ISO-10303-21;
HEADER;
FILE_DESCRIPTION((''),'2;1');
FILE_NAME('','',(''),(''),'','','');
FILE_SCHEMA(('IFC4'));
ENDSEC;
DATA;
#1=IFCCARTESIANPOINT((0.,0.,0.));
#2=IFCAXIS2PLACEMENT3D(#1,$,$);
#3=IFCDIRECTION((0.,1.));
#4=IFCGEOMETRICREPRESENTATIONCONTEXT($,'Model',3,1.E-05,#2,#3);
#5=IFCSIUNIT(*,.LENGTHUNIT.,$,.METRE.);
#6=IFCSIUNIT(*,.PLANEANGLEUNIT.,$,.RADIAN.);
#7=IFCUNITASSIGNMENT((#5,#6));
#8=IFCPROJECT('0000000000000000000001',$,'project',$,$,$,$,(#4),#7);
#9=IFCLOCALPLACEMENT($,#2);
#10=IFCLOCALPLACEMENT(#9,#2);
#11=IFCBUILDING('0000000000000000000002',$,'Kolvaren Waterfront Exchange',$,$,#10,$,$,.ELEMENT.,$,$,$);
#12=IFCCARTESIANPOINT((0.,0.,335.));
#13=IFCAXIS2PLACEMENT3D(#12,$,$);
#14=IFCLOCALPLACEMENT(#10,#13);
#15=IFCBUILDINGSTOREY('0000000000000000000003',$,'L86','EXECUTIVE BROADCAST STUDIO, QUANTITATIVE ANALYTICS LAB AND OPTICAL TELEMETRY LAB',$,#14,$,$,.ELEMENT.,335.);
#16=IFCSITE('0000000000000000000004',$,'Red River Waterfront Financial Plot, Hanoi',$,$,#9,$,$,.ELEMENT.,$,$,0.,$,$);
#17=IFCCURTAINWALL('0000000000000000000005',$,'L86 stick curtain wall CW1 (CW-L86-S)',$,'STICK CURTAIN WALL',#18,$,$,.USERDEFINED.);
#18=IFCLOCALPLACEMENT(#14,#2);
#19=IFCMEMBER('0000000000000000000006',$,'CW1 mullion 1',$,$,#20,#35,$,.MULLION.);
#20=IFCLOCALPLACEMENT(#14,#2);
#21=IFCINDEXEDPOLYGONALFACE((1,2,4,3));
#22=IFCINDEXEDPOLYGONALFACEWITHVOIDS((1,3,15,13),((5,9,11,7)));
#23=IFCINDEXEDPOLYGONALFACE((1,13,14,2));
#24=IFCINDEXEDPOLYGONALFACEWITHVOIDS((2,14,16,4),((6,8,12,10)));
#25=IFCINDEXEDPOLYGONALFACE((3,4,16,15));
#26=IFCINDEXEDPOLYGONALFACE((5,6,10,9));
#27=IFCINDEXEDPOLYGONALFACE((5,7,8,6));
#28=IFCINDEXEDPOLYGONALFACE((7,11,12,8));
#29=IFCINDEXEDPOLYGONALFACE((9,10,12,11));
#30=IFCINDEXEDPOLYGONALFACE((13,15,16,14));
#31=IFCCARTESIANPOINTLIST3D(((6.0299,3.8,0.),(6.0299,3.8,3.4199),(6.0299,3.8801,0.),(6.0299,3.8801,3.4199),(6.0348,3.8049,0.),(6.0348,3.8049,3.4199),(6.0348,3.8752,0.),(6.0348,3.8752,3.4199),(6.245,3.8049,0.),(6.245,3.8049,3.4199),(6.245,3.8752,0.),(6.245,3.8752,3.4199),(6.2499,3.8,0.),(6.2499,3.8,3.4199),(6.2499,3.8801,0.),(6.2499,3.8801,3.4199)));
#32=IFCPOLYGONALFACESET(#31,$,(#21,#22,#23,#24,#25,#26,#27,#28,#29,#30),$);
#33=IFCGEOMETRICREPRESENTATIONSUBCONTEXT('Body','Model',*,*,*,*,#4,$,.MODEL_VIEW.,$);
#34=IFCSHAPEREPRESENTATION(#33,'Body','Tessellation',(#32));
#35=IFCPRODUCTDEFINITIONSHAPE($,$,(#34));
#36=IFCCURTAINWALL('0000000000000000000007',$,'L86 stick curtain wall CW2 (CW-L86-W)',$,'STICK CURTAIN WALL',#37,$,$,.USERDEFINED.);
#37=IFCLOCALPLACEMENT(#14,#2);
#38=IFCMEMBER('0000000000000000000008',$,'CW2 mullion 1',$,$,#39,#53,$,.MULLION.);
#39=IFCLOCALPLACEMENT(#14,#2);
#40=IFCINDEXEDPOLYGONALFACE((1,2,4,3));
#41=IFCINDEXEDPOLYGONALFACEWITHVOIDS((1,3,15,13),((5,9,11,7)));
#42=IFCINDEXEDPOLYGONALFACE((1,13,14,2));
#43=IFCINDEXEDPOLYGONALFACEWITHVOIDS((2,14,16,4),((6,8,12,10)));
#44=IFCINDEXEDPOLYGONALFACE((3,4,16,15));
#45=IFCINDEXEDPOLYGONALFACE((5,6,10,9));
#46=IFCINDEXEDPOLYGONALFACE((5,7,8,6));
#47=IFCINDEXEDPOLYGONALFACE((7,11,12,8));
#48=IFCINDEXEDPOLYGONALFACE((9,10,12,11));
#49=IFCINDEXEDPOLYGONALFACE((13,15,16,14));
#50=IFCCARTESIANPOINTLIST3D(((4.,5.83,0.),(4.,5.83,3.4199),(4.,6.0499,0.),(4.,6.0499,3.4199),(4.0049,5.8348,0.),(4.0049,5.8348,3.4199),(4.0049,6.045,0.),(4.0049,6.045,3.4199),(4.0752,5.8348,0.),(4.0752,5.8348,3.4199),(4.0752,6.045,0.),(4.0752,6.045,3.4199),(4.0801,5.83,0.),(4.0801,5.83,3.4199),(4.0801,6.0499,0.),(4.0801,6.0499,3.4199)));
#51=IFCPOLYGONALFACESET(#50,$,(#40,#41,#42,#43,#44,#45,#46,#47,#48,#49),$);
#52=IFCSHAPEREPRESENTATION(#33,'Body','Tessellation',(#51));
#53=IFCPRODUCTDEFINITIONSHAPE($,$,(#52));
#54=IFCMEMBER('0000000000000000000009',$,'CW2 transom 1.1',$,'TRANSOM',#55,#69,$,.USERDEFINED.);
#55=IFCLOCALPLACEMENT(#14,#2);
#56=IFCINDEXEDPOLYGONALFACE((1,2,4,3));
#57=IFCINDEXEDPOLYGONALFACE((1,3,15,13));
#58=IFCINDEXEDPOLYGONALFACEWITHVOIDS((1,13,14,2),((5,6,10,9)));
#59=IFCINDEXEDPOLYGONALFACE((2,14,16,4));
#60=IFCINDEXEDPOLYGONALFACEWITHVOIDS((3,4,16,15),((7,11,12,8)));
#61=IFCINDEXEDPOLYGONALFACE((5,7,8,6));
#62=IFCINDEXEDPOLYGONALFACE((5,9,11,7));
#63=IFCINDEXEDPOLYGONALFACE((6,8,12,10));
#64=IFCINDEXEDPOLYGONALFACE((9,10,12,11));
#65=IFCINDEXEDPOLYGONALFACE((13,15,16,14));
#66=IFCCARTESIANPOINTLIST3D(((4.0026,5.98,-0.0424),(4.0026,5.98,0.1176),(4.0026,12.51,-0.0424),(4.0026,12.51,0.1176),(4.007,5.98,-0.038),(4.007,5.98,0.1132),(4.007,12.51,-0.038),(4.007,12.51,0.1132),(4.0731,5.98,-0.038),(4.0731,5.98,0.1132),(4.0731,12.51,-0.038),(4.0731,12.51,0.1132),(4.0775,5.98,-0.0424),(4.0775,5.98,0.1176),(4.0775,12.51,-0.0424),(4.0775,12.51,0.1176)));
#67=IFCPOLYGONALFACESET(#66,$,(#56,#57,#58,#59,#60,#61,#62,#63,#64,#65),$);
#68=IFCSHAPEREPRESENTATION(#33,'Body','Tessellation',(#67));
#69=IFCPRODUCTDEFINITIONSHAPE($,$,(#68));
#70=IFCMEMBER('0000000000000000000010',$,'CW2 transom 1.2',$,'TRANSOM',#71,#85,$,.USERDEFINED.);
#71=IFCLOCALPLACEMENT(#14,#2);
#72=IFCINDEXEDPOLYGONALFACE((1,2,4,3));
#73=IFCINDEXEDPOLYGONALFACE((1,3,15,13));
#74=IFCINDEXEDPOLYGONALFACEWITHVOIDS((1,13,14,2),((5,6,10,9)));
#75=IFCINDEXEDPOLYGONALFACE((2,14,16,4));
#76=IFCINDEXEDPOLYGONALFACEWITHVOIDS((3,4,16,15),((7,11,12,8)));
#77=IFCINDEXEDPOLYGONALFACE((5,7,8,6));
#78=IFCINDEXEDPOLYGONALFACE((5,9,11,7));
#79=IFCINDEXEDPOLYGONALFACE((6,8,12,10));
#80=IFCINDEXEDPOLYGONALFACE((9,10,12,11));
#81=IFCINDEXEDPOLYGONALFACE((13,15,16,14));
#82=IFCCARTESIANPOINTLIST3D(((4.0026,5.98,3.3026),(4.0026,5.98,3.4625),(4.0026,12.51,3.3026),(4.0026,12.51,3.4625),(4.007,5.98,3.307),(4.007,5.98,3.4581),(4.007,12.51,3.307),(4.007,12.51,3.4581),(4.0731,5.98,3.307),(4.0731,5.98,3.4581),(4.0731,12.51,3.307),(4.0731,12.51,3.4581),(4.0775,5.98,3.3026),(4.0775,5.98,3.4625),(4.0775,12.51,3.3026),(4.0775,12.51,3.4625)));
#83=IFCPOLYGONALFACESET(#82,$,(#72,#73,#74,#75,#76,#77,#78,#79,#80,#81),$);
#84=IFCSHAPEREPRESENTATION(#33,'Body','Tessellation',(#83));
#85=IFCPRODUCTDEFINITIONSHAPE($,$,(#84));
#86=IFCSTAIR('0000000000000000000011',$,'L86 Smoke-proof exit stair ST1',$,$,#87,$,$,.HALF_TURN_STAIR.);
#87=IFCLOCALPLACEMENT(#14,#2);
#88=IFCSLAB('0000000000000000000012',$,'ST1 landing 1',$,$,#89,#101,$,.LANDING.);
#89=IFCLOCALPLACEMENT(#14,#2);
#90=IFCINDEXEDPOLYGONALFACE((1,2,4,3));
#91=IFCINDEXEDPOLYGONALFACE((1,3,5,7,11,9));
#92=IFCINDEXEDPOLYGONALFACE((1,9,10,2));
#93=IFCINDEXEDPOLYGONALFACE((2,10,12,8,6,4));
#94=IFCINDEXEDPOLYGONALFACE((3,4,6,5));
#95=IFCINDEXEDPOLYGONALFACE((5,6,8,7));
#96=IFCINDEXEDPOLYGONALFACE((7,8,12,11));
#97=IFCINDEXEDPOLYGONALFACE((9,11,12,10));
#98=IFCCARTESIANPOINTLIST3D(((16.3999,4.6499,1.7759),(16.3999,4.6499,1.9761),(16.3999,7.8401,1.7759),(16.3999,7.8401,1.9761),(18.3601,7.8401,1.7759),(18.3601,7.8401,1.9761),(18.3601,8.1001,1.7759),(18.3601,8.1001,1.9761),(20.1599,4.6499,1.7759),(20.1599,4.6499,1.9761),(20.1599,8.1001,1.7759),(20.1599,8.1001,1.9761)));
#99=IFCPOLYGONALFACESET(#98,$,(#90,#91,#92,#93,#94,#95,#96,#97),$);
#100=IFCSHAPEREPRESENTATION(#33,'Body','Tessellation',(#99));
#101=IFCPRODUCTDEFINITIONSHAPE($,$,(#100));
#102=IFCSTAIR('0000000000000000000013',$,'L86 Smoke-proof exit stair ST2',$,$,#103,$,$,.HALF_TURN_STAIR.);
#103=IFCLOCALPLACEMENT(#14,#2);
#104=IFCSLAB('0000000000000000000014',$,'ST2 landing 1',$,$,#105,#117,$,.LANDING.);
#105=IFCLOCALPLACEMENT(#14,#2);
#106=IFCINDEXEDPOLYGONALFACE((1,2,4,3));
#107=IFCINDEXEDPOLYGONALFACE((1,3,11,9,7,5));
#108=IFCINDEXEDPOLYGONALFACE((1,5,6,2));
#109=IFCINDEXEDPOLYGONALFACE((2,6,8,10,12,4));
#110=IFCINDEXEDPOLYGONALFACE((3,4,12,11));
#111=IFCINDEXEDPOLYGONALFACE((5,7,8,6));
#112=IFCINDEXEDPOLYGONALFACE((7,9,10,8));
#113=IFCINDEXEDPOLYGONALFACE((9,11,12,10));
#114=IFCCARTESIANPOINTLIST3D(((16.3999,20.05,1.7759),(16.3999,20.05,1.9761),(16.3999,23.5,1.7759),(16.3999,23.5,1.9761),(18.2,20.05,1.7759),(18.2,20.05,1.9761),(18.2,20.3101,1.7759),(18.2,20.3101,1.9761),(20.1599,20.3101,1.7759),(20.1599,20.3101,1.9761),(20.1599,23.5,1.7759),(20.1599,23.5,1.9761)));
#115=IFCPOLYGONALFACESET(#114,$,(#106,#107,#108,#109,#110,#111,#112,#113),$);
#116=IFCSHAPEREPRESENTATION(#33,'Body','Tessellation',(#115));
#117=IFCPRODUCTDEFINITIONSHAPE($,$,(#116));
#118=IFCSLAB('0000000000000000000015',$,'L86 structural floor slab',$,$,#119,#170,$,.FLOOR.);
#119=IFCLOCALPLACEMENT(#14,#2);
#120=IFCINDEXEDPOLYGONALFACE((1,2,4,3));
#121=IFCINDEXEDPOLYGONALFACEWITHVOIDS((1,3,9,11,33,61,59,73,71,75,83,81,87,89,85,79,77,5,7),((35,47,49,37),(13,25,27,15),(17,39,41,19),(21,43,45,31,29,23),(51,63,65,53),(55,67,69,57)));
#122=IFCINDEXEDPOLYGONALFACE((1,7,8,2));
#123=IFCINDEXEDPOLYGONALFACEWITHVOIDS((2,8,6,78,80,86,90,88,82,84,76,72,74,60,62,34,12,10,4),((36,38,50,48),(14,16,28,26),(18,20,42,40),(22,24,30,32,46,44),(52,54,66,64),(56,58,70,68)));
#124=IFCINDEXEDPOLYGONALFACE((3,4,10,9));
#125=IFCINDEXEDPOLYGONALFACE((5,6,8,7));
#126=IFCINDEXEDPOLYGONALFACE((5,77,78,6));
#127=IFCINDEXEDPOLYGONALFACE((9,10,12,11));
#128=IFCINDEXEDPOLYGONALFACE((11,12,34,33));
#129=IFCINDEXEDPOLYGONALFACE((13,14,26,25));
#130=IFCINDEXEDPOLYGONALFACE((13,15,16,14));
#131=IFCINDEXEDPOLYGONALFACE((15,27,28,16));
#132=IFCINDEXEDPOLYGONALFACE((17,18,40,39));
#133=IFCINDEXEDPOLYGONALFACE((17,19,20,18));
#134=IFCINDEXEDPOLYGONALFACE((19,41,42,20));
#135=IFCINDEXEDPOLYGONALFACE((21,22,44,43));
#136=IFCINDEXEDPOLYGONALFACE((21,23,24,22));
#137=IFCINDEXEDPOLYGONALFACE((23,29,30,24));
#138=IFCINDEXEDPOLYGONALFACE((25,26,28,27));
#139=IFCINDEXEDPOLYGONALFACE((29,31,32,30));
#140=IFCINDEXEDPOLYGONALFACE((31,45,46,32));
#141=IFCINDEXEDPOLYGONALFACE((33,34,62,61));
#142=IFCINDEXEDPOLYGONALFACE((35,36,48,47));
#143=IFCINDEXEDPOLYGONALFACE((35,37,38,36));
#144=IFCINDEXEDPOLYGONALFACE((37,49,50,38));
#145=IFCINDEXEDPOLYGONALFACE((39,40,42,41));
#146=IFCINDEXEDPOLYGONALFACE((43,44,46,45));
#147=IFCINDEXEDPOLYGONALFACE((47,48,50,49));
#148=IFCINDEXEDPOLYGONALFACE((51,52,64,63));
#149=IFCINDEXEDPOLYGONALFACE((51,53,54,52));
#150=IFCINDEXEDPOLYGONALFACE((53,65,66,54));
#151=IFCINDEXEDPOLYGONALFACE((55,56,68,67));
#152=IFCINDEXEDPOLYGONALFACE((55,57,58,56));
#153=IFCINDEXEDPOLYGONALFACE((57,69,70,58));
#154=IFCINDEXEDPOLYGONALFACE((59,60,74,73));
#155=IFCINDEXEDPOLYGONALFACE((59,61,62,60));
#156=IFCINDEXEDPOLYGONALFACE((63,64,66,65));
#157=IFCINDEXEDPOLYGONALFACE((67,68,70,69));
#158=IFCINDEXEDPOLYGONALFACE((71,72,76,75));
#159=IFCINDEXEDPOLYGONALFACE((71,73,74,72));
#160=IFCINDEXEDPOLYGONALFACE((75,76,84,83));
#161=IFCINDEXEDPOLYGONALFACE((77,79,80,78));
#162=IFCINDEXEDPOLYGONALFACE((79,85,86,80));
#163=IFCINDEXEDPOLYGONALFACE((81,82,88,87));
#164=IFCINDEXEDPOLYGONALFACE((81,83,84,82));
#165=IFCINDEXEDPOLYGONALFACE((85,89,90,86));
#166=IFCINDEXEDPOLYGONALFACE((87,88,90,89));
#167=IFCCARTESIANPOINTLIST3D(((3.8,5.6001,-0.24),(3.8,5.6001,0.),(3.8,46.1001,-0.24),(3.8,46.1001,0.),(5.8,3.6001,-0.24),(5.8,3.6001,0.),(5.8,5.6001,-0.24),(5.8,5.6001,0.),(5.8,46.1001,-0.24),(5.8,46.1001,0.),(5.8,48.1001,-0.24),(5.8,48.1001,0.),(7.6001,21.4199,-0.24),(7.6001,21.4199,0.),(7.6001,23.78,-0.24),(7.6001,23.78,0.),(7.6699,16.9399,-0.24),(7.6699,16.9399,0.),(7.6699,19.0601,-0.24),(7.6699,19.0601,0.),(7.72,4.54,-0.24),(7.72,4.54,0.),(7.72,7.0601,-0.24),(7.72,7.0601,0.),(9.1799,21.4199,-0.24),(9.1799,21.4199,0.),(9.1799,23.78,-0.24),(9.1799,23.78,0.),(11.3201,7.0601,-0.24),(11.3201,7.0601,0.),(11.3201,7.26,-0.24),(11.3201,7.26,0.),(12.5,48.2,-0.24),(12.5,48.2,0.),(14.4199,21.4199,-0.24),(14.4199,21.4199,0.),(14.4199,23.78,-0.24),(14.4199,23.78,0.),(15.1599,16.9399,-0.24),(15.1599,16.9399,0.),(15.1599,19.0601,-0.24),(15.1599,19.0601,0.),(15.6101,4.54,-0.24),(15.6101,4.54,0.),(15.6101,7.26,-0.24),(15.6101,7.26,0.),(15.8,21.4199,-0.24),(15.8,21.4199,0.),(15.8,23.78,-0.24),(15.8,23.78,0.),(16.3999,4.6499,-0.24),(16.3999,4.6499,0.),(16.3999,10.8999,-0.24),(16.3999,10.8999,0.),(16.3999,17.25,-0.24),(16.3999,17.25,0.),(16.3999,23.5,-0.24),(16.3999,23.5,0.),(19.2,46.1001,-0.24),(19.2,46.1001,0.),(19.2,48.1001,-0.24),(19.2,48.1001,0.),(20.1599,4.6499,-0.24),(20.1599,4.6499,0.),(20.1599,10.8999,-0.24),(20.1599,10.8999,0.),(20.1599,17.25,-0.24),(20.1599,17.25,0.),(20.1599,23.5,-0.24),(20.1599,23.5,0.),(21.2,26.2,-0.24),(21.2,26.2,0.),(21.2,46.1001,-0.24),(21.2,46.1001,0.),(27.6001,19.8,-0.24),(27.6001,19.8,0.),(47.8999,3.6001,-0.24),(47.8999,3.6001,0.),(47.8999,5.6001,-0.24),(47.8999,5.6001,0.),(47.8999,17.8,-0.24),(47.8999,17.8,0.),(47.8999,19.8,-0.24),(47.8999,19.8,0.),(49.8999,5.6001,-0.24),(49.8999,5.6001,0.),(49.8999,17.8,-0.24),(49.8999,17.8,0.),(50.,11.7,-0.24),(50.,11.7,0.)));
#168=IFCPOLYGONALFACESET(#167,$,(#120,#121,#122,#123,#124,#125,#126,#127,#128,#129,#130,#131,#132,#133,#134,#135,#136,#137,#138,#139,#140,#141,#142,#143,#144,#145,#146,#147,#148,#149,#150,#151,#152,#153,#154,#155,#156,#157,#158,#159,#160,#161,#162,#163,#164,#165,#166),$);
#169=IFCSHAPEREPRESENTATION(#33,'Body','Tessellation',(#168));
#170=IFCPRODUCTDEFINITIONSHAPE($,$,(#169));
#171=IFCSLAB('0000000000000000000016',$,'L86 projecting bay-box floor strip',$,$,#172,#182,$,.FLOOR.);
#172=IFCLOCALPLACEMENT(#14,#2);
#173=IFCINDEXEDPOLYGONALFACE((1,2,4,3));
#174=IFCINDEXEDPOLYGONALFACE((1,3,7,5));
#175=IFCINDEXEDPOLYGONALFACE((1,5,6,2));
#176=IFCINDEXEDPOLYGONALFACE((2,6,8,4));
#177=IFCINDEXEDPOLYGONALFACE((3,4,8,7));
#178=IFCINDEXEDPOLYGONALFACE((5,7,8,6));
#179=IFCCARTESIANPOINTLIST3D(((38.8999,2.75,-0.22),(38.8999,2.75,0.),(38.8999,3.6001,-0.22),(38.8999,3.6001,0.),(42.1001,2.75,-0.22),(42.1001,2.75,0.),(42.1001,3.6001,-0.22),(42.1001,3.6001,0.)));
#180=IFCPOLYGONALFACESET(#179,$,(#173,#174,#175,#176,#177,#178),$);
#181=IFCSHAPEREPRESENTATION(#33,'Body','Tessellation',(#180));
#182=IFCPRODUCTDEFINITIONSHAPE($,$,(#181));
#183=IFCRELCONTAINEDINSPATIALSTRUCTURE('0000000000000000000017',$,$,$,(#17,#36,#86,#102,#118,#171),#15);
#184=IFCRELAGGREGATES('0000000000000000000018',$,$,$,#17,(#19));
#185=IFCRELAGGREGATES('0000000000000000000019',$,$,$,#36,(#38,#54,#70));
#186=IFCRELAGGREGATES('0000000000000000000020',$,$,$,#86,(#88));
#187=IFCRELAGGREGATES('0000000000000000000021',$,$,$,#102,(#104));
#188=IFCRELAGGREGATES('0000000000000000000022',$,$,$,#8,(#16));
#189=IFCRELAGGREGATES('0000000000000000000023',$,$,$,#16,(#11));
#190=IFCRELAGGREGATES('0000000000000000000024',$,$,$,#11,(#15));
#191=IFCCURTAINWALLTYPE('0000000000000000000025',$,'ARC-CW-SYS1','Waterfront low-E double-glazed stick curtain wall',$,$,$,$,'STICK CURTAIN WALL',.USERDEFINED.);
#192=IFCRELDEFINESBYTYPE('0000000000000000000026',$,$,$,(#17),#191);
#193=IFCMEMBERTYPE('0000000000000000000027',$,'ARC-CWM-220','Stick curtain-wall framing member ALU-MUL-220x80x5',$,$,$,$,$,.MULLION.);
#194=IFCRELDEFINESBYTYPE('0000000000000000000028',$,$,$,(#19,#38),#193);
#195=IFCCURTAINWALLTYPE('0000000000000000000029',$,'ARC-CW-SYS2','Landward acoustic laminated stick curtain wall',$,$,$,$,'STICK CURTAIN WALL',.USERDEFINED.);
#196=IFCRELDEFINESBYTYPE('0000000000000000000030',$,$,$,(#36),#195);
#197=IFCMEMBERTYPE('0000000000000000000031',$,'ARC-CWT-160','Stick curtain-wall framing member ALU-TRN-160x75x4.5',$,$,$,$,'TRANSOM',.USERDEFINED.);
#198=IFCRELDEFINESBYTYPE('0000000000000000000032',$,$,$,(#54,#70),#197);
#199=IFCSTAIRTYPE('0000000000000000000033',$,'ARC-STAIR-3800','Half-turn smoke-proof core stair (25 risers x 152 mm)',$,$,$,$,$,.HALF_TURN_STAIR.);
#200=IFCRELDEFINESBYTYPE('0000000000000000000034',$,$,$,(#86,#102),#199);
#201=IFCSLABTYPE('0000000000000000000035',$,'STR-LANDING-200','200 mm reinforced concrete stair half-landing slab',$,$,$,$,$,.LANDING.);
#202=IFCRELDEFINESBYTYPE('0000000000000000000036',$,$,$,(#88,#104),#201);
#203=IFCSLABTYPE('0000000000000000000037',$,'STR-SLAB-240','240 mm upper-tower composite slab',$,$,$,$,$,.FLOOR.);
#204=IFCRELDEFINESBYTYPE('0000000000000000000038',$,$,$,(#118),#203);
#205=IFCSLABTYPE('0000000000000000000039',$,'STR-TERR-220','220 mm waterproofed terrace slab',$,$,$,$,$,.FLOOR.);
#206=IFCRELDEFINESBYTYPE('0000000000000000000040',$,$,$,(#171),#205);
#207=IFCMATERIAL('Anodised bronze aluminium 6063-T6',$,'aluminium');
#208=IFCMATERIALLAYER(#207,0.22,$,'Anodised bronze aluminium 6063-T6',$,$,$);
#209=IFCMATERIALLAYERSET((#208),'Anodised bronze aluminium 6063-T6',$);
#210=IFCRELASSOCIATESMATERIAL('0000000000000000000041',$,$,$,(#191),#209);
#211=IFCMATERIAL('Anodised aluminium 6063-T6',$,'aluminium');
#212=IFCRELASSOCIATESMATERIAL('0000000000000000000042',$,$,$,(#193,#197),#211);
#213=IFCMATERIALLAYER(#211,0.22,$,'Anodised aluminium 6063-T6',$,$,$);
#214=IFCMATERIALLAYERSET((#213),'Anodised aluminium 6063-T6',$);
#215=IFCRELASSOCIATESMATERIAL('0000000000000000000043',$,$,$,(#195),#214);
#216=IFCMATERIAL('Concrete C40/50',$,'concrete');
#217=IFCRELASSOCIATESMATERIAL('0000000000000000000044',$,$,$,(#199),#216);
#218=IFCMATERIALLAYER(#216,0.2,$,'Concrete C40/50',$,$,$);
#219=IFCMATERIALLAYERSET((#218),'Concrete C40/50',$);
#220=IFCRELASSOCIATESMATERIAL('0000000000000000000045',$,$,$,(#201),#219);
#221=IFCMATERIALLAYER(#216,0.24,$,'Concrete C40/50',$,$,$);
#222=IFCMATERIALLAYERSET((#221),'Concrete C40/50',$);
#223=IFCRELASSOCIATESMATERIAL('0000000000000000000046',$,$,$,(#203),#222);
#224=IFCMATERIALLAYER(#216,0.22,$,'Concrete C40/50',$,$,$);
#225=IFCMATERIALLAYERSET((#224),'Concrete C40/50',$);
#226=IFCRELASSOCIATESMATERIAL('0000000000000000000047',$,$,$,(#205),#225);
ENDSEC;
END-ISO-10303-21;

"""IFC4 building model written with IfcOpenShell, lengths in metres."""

from ifc_helpers import new_model, si_unit, direction, frame, origin, origin_with_axes, origin_2d, place, context, subcontext, project, spatial, polyline, hollow_rectangle, outline, extrude, source, transform, mapped, material, layer, layer_set, material_profile, profile_set, type_object, element, aggregate, save


model = new_model("IFC4")

# Units and contexts
model_context = context("Model", 3, precision=1e-05, world=origin(), true_north=direction((0.0, 1.0)))
body_context = subcontext(model_context, "Body", "Model", "MODEL_VIEW")
ifc_project = project(units=[si_unit("LENGTHUNIT", "METRE"), si_unit("PLANEANGLEUNIT", "RADIAN")], contexts=[model_context])

# Site, building, storey
site_placement = place(None, origin())
site = spatial("IfcSite", under=ifc_project, at=site_placement, Name="Red River Waterfront Financial Plot, Hanoi", CompositionType="ELEMENT", RefElevation=0.0)
building_placement = place(site_placement, origin())
building = spatial("IfcBuilding", under=site, at=building_placement, Name="Kolvaren Waterfront Exchange", CompositionType="ELEMENT")
storey_placement = place(building_placement, frame((0.0, 0.0, 335.0)))
storey = spatial("IfcBuildingStorey", under=building, at=storey_placement, Name="L86", Description="EXECUTIVE BROADCAST STUDIO, QUANTITATIVE ANALYTICS LAB AND OPTICAL TELEMETRY LAB", CompositionType="ELEMENT", Elevation=335.0)

# Curtain wall, member
ifc_material_1 = material(Name="Anodised bronze aluminium 6063-T6", Category="aluminium")
ifc_layer_1 = layer(ifc_material_1, 0.22, Name="Anodised bronze aluminium 6063-T6")
ifc_layer_set_1 = layer_set([ifc_layer_1], Name="Anodised bronze aluminium 6063-T6")
curtain_wall_type_1 = type_object("IfcCurtainWallType", Name="ARC-CW-SYS1", Description="Waterfront low-E double-glazed stick curtain wall", ElementType="STICK CURTAIN WALL", PredefinedType="USERDEFINED", material=ifc_layer_set_1)
curtain_wall_1_placement = place(storey_placement, origin())
curtain_wall_1 = element("IfcCurtainWall", 1, at=curtain_wall_1_placement, inside=storey, type_object=curtain_wall_type_1, Name="L86 stick curtain wall CW1 (CW-L86-S)", ObjectType="STICK CURTAIN WALL", PredefinedType="USERDEFINED")
ifc_material_2 = material(Name="Anodised aluminium 6063-T6", Category="aluminium")
ifc_material_profile_1 = material_profile(ifc_material_2, hollow_rectangle(XDim=0.0801, YDim=0.22, WallThickness=0.0049, at=origin_2d()), Name="ALU-MUL-220x80x5")
ifc_profile_set_1 = profile_set([ifc_material_profile_1], Name="Anodised aluminium 6063-T6")
member_type_1 = type_object("IfcMemberType", Name="ARC-CWM-220", Description="Stick curtain-wall framing member ALU-MUL-220x80x5", PredefinedType="MULLION", material=ifc_profile_set_1)
shared_shape_1 = source(origin_with_axes(), body_context, "Body", "SweptSolid", [
    extrude(hollow_rectangle(XDim=0.0801, YDim=0.22, WallThickness=0.0049, at=origin_2d()), origin(), (0.0, 0.0, 1.0), 3.4199),
])
member_1_placement = place(storey_placement, frame((6.1399, 3.8401, 0.0), z_axis=(0.0, 0.0, 1.0), x_axis=(0.0, 1.0, 0.0)))
member_1 = element("IfcMember", 2, at=member_1_placement, type_object=member_type_1, Name="CW1 mullion 1", PredefinedType="MULLION", context=body_context, shape_type="MappedRepresentation", body=[
    mapped(shared_shape_1, transform((0.0, 0.0, 0.0), x_axis=(1.0, 0.0, 0.0), y_axis=(0.0, 1.0, 0.0), z_axis=(0.0, 0.0, 1.0), scale=1.0)),
])
aggregate(curtain_wall_1, [member_1])

# Curtain wall, members
ifc_layer_2 = layer(ifc_material_2, 0.22, Name="Anodised aluminium 6063-T6")
ifc_layer_set_2 = layer_set([ifc_layer_2], Name="Anodised aluminium 6063-T6")
curtain_wall_type_2 = type_object("IfcCurtainWallType", Name="ARC-CW-SYS2", Description="Landward acoustic laminated stick curtain wall", ElementType="STICK CURTAIN WALL", PredefinedType="USERDEFINED", material=ifc_layer_set_2)
curtain_wall_2_placement = place(storey_placement, origin())
curtain_wall_2 = element("IfcCurtainWall", 3, at=curtain_wall_2_placement, inside=storey, type_object=curtain_wall_type_2, Name="L86 stick curtain wall CW2 (CW-L86-W)", ObjectType="STICK CURTAIN WALL", PredefinedType="USERDEFINED")
member_2_placement = place(storey_placement, frame((4.04, 5.9399, 0.0), z_axis=(0.0, 0.0, 1.0), x_axis=(-1.0, 0.0, 0.0)))
member_2 = element("IfcMember", 4, at=member_2_placement, type_object=member_type_1, Name="CW2 mullion 1", PredefinedType="MULLION", context=body_context, shape_type="MappedRepresentation", body=[
    mapped(shared_shape_1, transform((0.0, 0.0, 0.0), x_axis=(1.0, 0.0, 0.0), y_axis=(0.0, 1.0, 0.0), z_axis=(0.0, 0.0, 1.0), scale=1.0)),
])
ifc_material_profile_2 = material_profile(ifc_material_2, hollow_rectangle(XDim=0.075, YDim=0.1599, WallThickness=0.0044, at=origin_2d()), Name="ALU-TRN-160x75x4.5")
ifc_profile_set_2 = profile_set([ifc_material_profile_2], Name="Anodised aluminium 6063-T6")
member_type_2 = type_object("IfcMemberType", Name="ARC-CWT-160", Description="Stick curtain-wall framing member ALU-TRN-160x75x4.5", ElementType="TRANSOM", PredefinedType="USERDEFINED", material=ifc_profile_set_2)
shared_shape_2 = source(origin_with_axes(), body_context, "Body", "SweptSolid", [
    extrude(hollow_rectangle(XDim=0.075, YDim=0.1599, WallThickness=0.0044, at=origin_2d()), origin(), (0.0, 0.0, 1.0), 6.53),
])
member_3_placement = place(storey_placement, frame((4.04, 5.98, 0.0376), z_axis=(0.0, 1.0, 0.0), x_axis=(-1.0, 0.0, 0.0)))
member_3 = element("IfcMember", 5, at=member_3_placement, type_object=member_type_2, Name="CW2 transom 1.1", ObjectType="TRANSOM", PredefinedType="USERDEFINED", context=body_context, shape_type="MappedRepresentation", body=[
    mapped(shared_shape_2, transform((0.0, 0.0, 0.0), x_axis=(1.0, 0.0, 0.0), y_axis=(0.0, 1.0, 0.0), z_axis=(0.0, 0.0, 1.0), scale=1.0)),
])
member_4_placement = place(storey_placement, frame((4.04, 5.98, 3.3826), z_axis=(0.0, 1.0, 0.0), x_axis=(-1.0, 0.0, 0.0)))
member_4 = element("IfcMember", 6, at=member_4_placement, type_object=member_type_2, Name="CW2 transom 1.2", ObjectType="TRANSOM", PredefinedType="USERDEFINED", context=body_context, shape_type="MappedRepresentation", body=[
    mapped(shared_shape_2, transform((0.0, 0.0, 0.0), x_axis=(1.0, 0.0, 0.0), y_axis=(0.0, 1.0, 0.0), z_axis=(0.0, 0.0, 1.0), scale=1.0)),
])
aggregate(curtain_wall_2, [member_2, member_3, member_4])

# Stairs, slabs
ifc_material_3 = material(Name="Concrete C40/50", Category="concrete")
stair_type = type_object("IfcStairType", Name="ARC-STAIR-3800", Description="Half-turn smoke-proof core stair (25 risers x 152 mm)", PredefinedType="HALF_TURN_STAIR", material=ifc_material_3)
stair_1_placement = place(storey_placement, origin())
stair_1 = element("IfcStair", 7, at=stair_1_placement, inside=storey, type_object=stair_type, Name="L86 Smoke-proof exit stair ST1", PredefinedType="HALF_TURN_STAIR")
ifc_layer_3 = layer(ifc_material_3, 0.2, Name="Concrete C40/50")
ifc_layer_set_3 = layer_set([ifc_layer_3], Name="Concrete C40/50")
slab_type_1 = type_object("IfcSlabType", Name="STR-LANDING-200", Description="200 mm reinforced concrete stair half-landing slab", PredefinedType="LANDING", material=ifc_layer_set_3)
slab_1_placement = place(storey_placement, frame((0.0, 0.0, 1.7759)))
slab_1 = element("IfcSlab", 8, at=slab_1_placement, type_object=slab_type_1, Name="ST1 landing 1", PredefinedType="LANDING", context=body_context, shape_type="SweptSolid", body=[
    extrude(outline(polyline([(16.3999, 7.8401), (16.3999, 4.6499), (20.1599, 4.6499), (20.1599, 8.1001), (18.3601, 8.1001), (18.3601, 7.8401), (16.3999, 7.8401)])), origin(), (0.0, 0.0, 1.0), 0.2002),
])
aggregate(stair_1, [slab_1])
stair_2_placement = place(storey_placement, origin())
stair_2 = element("IfcStair", 9, at=stair_2_placement, inside=storey, type_object=stair_type, Name="L86 Smoke-proof exit stair ST2", PredefinedType="HALF_TURN_STAIR")
slab_2_placement = place(storey_placement, frame((0.0, 0.0, 1.7759)))
slab_2 = element("IfcSlab", 10, at=slab_2_placement, type_object=slab_type_1, Name="ST2 landing 1", PredefinedType="LANDING", context=body_context, shape_type="SweptSolid", body=[
    extrude(outline(polyline([(20.1599, 20.3101), (20.1599, 23.5), (16.3999, 23.5), (16.3999, 20.05), (18.2, 20.05), (18.2, 20.3101), (20.1599, 20.3101)])), origin(), (0.0, 0.0, 1.0), 0.2002),
])
aggregate(stair_2, [slab_2])

# Slabs
ifc_layer_4 = layer(ifc_material_3, 0.24, Name="Concrete C40/50")
ifc_layer_set_4 = layer_set([ifc_layer_4], Name="Concrete C40/50")
slab_type_2 = type_object("IfcSlabType", Name="STR-SLAB-240", Description="240 mm upper-tower composite slab", PredefinedType="FLOOR", material=ifc_layer_set_4)
slab_3_placement = place(storey_placement, frame((0.0, 0.0, -0.24)))
element("IfcSlab", 11, at=slab_3_placement, inside=storey, type_object=slab_type_2, Name="L86 structural floor slab", PredefinedType="FLOOR", context=body_context, shape_type="SweptSolid", body=[
    extrude(outline(polyline([(5.8, 3.6001), (47.8999, 3.6001), (47.8999, 5.6001), (49.8999, 5.6001), (50.0, 11.7), (49.8999, 17.8), (47.8999, 17.8), (47.8999, 19.8), (27.6001, 19.8), (21.2, 26.2), (21.2, 46.1001), (19.2, 46.1001), (19.2, 48.1001), (12.5, 48.2), (5.8, 48.1001), (5.8, 46.1001), (3.8, 46.1001), (3.8, 5.6001), (5.8, 5.6001), (5.8, 3.6001)]), holes=[polyline([(11.3201, 7.26), (15.6101, 7.26), (15.6101, 4.54), (7.72, 4.54), (7.72, 7.0601), (11.3201, 7.0601), (11.3201, 7.26)]), polyline([(20.1599, 10.8999), (20.1599, 4.6499), (16.3999, 4.6499), (16.3999, 10.8999), (20.1599, 10.8999)]), polyline([(7.6699, 19.0601), (15.1599, 19.0601), (15.1599, 16.9399), (7.6699, 16.9399), (7.6699, 19.0601)]), polyline([(16.3999, 17.25), (16.3999, 23.5), (20.1599, 23.5), (20.1599, 17.25), (16.3999, 17.25)]), polyline([(7.6001, 23.78), (9.1799, 23.78), (9.1799, 21.4199), (7.6001, 21.4199), (7.6001, 23.78)]), polyline([(14.4199, 23.78), (15.8, 23.78), (15.8, 21.4199), (14.4199, 21.4199), (14.4199, 23.78)])]), origin(), (0.0, 0.0, 1.0), 0.24),
])
ifc_layer_5 = layer(ifc_material_3, 0.22, Name="Concrete C40/50")
ifc_layer_set_5 = layer_set([ifc_layer_5], Name="Concrete C40/50")
slab_type_3 = type_object("IfcSlabType", Name="STR-TERR-220", Description="220 mm waterproofed terrace slab", PredefinedType="FLOOR", material=ifc_layer_set_5)
slab_4_placement = place(storey_placement, frame((0.0, 0.0, -0.22)))
element("IfcSlab", 12, at=slab_4_placement, inside=storey, type_object=slab_type_3, Name="L86 projecting bay-box floor strip", PredefinedType="FLOOR", context=body_context, shape_type="SweptSolid", body=[
    extrude(outline(polyline([(38.8999, 2.75), (42.1001, 2.75), (42.1001, 3.6001), (38.8999, 3.6001), (38.8999, 2.75)])), origin(), (0.0, 0.0, 1.0), 0.22),
])

save(model, "model.ifc")
